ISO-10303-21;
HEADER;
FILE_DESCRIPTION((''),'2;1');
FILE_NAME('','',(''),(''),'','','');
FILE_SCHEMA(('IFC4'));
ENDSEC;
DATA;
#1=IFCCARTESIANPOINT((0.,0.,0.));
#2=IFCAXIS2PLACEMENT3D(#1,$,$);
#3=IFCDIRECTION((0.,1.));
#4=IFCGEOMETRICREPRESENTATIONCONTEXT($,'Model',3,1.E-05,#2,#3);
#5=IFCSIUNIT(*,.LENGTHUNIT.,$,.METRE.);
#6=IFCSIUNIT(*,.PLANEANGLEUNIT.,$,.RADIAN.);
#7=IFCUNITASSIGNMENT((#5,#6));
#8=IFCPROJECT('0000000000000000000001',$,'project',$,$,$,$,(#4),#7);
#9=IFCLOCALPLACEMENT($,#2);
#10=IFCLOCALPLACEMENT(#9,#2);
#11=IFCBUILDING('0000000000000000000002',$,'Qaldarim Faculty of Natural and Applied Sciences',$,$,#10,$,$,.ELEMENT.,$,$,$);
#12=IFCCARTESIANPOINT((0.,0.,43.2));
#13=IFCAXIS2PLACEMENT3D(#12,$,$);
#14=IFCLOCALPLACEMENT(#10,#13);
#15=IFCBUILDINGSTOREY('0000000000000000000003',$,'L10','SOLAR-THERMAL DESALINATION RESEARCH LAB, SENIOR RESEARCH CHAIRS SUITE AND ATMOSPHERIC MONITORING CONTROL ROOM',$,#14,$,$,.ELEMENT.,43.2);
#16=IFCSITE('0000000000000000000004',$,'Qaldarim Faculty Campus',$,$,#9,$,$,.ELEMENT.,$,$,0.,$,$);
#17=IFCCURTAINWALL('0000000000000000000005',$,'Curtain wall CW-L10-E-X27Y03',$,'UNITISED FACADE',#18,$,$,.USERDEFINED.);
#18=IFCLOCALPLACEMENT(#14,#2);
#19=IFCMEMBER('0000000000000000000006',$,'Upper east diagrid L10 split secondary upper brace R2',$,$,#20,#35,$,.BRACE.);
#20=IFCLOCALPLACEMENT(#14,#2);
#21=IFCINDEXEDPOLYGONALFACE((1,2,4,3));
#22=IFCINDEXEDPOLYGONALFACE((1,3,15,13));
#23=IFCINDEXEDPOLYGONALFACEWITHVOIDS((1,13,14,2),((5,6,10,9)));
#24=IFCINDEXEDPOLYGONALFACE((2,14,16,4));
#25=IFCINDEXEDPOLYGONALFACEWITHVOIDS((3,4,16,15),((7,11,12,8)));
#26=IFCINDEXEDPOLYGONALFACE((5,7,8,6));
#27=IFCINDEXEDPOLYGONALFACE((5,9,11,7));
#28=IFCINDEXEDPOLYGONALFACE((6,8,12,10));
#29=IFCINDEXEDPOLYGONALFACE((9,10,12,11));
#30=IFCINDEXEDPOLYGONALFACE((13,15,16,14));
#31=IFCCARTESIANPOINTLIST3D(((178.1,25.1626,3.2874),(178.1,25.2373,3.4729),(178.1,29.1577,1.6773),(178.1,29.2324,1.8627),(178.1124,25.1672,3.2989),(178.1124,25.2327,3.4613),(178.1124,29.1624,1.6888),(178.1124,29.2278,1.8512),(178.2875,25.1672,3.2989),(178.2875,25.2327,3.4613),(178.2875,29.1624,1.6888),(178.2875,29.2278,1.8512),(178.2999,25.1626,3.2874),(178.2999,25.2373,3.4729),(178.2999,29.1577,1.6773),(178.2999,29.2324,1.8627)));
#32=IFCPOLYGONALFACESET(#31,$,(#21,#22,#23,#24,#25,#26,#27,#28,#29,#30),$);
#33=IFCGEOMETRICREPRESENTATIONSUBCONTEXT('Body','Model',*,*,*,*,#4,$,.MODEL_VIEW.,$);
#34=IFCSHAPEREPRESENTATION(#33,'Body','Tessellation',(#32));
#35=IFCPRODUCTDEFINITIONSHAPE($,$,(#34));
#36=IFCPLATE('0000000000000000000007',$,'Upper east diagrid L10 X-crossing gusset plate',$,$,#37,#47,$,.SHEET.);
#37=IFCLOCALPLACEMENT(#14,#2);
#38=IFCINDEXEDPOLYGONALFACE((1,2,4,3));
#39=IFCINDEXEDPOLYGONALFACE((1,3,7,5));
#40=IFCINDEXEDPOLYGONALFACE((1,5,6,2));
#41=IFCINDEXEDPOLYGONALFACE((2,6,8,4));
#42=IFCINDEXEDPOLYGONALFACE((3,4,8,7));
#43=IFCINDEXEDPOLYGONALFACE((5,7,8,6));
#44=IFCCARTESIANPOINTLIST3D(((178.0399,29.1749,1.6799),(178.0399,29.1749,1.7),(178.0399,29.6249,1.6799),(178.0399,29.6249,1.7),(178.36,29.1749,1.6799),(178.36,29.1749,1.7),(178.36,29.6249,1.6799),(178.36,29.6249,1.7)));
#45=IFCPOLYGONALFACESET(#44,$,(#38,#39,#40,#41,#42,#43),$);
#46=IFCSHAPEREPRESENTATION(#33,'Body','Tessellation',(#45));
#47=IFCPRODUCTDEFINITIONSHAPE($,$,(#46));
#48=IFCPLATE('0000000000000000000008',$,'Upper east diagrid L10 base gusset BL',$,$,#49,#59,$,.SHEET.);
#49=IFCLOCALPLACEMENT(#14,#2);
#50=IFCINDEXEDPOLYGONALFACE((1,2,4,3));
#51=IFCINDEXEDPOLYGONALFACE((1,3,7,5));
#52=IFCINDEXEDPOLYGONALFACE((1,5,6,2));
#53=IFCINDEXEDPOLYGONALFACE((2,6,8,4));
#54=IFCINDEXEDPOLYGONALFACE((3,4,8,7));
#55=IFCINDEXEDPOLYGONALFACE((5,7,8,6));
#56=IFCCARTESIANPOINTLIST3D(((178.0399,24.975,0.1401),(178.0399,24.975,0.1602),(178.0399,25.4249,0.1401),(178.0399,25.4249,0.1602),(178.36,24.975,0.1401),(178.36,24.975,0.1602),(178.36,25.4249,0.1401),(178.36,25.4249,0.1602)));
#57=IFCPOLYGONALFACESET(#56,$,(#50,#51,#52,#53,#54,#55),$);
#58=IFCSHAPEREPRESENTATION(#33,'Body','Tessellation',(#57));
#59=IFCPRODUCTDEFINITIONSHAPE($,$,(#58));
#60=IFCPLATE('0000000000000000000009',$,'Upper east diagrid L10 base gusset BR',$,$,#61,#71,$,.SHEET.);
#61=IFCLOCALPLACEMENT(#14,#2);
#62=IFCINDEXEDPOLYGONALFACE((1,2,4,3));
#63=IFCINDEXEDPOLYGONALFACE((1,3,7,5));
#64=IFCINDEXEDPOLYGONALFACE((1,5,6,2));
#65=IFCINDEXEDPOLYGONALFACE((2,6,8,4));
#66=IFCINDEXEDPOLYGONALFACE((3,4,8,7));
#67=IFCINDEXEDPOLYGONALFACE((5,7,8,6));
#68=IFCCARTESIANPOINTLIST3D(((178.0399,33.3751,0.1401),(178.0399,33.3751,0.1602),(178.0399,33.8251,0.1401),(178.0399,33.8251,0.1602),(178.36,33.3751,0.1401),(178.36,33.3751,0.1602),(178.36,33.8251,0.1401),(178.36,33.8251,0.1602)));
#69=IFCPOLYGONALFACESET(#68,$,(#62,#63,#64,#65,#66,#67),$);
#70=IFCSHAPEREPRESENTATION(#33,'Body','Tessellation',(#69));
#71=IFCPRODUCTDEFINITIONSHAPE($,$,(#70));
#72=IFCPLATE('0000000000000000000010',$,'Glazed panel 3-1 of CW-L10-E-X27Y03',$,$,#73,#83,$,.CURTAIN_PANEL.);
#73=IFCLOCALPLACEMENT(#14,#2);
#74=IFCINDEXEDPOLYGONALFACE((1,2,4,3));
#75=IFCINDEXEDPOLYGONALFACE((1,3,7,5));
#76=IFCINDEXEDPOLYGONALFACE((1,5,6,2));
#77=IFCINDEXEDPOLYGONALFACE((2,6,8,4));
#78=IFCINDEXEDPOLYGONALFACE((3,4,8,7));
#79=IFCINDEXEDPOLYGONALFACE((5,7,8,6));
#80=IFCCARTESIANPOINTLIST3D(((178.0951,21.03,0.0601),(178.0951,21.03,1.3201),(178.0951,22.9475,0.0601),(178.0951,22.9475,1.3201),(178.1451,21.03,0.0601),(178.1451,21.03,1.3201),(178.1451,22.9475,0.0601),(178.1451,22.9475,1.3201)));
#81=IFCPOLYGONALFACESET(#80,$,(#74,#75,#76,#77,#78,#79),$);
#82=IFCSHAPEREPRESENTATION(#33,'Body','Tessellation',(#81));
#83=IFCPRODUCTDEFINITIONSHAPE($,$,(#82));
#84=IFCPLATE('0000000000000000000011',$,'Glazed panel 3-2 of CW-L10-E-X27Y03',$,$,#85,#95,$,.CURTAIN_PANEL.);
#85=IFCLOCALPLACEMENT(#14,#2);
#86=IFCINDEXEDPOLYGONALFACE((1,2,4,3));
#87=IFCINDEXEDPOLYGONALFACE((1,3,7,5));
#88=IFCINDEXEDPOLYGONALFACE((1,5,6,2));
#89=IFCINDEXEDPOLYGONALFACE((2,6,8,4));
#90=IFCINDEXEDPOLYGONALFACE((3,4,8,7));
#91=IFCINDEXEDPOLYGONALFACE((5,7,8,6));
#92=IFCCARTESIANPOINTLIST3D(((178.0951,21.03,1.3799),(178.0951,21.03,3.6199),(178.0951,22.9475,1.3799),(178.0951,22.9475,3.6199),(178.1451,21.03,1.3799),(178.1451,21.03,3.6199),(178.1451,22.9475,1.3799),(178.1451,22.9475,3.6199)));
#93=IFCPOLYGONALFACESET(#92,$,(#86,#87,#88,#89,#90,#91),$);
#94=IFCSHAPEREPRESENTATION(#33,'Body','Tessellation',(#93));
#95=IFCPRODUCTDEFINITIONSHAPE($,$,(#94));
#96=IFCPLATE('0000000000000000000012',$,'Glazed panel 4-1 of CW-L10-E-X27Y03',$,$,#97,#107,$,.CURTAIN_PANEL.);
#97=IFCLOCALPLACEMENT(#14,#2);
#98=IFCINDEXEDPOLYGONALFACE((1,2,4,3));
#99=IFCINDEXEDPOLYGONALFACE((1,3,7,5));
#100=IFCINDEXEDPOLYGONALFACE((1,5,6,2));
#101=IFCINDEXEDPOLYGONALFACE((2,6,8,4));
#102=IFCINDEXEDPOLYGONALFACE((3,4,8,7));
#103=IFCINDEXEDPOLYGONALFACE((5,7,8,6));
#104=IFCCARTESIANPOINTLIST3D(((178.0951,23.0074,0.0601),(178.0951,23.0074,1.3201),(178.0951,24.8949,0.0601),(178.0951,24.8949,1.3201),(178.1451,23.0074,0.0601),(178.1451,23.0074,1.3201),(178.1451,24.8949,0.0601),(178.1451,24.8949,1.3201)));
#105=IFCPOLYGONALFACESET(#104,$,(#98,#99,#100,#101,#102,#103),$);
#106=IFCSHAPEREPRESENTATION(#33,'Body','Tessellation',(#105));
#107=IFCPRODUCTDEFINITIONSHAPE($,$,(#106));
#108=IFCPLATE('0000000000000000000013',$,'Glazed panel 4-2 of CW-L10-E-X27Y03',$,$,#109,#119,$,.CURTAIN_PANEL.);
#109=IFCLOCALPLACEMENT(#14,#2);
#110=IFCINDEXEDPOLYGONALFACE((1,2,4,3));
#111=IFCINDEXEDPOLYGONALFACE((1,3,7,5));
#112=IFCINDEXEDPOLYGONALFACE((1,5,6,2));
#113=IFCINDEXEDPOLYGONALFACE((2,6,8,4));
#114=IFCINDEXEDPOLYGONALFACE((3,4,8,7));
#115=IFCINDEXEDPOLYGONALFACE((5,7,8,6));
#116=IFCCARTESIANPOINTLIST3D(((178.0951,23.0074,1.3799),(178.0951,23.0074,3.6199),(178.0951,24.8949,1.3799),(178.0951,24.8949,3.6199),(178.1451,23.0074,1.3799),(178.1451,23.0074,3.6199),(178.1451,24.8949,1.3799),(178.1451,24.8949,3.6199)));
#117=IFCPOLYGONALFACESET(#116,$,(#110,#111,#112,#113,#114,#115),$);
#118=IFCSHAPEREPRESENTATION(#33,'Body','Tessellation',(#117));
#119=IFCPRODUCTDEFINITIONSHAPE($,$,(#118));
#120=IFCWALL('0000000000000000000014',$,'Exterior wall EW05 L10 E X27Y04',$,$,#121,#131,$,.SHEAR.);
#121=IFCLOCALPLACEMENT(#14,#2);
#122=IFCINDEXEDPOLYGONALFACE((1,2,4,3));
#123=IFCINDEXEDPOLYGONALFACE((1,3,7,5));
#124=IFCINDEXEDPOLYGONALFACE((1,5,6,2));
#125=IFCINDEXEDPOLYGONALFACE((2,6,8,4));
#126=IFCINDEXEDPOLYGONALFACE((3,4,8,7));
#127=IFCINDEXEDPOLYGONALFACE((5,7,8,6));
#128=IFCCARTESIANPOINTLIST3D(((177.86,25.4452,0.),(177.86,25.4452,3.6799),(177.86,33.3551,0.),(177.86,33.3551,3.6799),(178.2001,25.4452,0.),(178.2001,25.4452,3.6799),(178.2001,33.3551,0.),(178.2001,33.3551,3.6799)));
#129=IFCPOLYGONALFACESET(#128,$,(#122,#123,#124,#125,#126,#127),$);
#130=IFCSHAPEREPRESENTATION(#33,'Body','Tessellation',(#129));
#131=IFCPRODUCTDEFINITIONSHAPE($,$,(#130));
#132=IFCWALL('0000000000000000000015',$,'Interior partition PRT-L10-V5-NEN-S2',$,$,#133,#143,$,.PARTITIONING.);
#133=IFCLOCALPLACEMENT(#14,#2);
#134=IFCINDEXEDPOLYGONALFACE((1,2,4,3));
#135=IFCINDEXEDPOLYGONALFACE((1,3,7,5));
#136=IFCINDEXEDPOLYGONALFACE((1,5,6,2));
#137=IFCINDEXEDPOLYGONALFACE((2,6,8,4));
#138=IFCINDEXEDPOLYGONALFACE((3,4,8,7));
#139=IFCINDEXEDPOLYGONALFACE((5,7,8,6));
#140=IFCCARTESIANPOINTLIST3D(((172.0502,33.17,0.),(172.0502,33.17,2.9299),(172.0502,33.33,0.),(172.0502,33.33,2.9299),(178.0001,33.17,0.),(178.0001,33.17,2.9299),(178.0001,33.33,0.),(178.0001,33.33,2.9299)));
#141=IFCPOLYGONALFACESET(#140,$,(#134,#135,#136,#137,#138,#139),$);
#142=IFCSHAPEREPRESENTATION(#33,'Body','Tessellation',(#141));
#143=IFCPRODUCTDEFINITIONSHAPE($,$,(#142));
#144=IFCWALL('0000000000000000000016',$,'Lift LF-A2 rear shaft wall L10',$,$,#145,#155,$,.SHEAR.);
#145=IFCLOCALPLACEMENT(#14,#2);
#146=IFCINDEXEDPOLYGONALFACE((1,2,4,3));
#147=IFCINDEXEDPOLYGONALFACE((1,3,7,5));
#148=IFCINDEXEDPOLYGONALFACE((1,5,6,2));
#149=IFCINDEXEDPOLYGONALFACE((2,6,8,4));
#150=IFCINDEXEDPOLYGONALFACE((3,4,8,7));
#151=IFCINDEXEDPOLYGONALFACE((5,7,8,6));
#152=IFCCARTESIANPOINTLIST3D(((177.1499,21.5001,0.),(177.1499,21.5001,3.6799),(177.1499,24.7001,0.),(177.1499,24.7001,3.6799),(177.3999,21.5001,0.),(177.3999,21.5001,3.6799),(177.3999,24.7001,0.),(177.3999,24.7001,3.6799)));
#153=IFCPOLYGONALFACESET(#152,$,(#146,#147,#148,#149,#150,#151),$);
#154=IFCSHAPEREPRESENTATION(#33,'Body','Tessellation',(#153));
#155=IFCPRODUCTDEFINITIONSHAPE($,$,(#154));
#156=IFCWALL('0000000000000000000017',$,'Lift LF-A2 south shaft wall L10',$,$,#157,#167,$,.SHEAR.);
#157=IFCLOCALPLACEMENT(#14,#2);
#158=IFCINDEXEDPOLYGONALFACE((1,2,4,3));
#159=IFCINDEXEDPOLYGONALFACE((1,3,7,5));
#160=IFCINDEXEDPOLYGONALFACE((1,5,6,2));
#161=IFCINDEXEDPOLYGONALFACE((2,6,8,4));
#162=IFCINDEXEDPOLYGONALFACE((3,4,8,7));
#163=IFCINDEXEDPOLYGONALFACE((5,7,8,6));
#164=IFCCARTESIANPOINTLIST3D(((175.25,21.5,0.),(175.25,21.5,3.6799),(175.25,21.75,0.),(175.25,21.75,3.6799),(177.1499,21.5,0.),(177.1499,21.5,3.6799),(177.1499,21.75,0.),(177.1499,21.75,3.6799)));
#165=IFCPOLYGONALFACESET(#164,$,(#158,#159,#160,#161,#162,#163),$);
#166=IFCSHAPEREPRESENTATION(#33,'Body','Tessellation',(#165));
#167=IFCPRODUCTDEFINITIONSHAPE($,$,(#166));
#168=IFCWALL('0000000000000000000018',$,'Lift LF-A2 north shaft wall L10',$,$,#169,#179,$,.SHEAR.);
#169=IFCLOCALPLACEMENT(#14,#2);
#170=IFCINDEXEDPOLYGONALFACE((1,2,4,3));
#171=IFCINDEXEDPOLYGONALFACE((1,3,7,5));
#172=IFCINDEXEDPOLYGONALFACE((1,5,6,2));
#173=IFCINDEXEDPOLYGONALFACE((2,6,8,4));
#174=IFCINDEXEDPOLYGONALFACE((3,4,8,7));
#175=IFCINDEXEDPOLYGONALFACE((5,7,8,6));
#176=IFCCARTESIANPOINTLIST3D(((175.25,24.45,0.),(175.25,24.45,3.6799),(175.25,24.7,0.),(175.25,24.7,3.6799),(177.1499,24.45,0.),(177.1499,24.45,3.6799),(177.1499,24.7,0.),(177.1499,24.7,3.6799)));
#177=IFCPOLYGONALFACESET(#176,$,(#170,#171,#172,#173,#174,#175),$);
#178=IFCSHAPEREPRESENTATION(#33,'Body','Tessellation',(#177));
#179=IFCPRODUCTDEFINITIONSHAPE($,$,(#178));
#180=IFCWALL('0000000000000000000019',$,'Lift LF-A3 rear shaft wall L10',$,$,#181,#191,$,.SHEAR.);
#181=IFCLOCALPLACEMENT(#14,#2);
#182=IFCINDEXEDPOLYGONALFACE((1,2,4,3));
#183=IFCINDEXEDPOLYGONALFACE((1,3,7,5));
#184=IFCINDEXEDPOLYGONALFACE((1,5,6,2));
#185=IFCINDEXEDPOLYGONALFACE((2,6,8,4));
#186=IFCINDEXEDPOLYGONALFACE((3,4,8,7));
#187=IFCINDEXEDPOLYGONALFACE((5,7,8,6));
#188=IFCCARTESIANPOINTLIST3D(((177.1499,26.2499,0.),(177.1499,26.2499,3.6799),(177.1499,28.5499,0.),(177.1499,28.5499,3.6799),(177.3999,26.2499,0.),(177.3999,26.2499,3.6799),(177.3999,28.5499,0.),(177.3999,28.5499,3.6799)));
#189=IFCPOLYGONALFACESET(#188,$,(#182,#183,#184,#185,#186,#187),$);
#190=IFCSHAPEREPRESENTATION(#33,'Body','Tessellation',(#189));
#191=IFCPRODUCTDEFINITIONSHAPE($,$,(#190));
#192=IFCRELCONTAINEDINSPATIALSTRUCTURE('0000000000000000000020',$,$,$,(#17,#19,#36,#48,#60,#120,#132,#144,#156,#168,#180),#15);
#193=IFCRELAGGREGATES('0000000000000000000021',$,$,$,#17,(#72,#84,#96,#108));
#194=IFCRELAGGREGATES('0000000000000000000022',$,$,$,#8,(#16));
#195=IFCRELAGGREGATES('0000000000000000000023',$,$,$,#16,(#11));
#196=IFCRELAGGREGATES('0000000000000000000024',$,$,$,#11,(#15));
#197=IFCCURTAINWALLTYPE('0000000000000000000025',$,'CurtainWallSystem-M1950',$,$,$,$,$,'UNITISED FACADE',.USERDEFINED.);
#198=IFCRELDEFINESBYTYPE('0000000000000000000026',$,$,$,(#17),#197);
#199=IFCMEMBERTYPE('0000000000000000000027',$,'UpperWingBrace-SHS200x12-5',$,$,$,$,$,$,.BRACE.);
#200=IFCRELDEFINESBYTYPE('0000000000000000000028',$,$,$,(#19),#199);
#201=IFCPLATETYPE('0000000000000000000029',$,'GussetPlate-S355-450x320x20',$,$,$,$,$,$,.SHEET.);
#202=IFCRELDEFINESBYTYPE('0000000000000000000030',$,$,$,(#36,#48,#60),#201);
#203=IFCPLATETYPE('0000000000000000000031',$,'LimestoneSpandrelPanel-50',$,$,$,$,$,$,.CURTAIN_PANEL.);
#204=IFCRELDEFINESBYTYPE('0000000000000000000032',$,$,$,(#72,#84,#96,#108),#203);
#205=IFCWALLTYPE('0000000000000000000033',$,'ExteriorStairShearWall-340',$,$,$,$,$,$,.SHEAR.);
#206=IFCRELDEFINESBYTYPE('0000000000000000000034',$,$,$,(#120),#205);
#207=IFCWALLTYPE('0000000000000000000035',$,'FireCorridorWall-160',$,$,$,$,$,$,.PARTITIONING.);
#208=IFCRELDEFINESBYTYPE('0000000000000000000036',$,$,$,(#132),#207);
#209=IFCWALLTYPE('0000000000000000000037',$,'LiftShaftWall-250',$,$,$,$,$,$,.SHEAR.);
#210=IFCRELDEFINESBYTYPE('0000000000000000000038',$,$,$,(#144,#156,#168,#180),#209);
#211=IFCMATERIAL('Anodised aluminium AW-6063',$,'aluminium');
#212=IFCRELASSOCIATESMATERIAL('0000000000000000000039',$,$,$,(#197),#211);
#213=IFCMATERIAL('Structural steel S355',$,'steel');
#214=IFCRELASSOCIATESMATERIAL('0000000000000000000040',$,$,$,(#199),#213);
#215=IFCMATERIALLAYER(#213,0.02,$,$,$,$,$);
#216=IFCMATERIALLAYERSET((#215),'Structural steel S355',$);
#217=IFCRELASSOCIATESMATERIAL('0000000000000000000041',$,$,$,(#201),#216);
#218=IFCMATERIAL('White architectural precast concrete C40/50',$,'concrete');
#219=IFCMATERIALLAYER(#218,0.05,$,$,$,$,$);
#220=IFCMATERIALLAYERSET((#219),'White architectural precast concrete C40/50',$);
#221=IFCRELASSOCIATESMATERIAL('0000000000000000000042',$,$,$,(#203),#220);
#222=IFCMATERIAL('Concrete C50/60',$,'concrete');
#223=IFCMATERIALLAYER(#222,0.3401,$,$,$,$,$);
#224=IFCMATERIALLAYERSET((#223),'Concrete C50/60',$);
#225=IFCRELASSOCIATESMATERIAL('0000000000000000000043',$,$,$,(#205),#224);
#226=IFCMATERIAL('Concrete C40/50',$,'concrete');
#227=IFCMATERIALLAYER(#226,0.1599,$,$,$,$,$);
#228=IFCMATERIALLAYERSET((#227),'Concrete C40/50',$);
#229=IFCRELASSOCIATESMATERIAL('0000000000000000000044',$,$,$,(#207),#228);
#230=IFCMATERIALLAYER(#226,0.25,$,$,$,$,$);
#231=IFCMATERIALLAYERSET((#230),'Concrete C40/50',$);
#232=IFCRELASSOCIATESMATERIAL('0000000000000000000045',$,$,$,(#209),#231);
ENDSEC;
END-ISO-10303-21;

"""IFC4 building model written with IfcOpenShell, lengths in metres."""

from ifc_helpers import new_model, si_unit, direction, frame, frame_2d, origin, origin_2d, place, context, subcontext, project, spatial, rectangle, hollow_rectangle, extrude, material, layer, layer_set, material_profile, profile_set, type_object, element, aggregate, save


model = new_model("IFC4")

# Units and contexts
model_context = context("Model", 3, precision=1e-05, world=origin(), true_north=direction((0.0, 1.0)))
body_context = subcontext(model_context, "Body", "Model", "MODEL_VIEW")
ifc_project = project(units=[si_unit("LENGTHUNIT", "METRE"), si_unit("PLANEANGLEUNIT", "RADIAN")], contexts=[model_context])

# Site, building, storey
site_placement = place(None, origin())
site = spatial("IfcSite", under=ifc_project, at=site_placement, Name="Qaldarim Faculty Campus", CompositionType="ELEMENT", RefElevation=0.0)
building_placement = place(site_placement, origin())
building = spatial("IfcBuilding", under=site, at=building_placement, Name="Qaldarim Faculty of Natural and Applied Sciences", CompositionType="ELEMENT")
storey_placement = place(building_placement, frame((0.0, 0.0, 43.2)))
storey = spatial("IfcBuildingStorey", under=building, at=storey_placement, Name="L10", Description="SOLAR-THERMAL DESALINATION RESEARCH LAB, SENIOR RESEARCH CHAIRS SUITE AND ATMOSPHERIC MONITORING CONTROL ROOM", CompositionType="ELEMENT", Elevation=43.2)

# Shared definitions
ifc_material_1 = material(Name="Concrete C50/60", Category="concrete")

# Shared definitions
ifc_material_2 = material(Name="Concrete C40/50", Category="concrete")

# Curtain wall
ifc_material_3 = material(Name="Anodised aluminium AW-6063", Category="aluminium")
curtain_wall_type = type_object("IfcCurtainWallType", Name="CurtainWallSystem-M1950", ElementType="UNITISED FACADE", PredefinedType="USERDEFINED", material=ifc_material_3)
curtain_wall_placement = place(storey_placement, origin())
curtain_wall = element("IfcCurtainWall", 1, at=curtain_wall_placement, inside=storey, type_object=curtain_wall_type, Name="Curtain wall CW-L10-E-X27Y03", ObjectType="UNITISED FACADE", PredefinedType="USERDEFINED")

# Member
ifc_material_4 = material(Name="Structural steel S355", Category="steel")
ifc_material_profile_1 = material_profile(ifc_material_4, hollow_rectangle(XDim=0.2, YDim=0.2, WallThickness=0.0125, at=origin_2d()), Name="SHS 200x200x12.5")
ifc_profile_set_1 = profile_set([ifc_material_profile_1], Name="Structural steel S355")
member_type_1 = type_object("IfcMemberType", Name="UpperWingBrace-SHS200x12-5", PredefinedType="BRACE", material=ifc_profile_set_1)
for number, where, z_axis, x_axis, name in (
    (2, (178.2, 29.1951, 1.77), (0.0, -0.927508, 0.373803), (1.0, 0.0, 0.0), "Upper east diagrid L10 split secondary upper brace R2"),
):
    element("IfcMember", number, at=place(storey_placement, frame(where, z_axis=z_axis, x_axis=x_axis)), inside=storey, type_object=member_type_1, Name=name, PredefinedType="BRACE", context=body_context, shape_type="SweptSolid", body=[
        extrude(hollow_rectangle(XDim=0.2, YDim=0.2, WallThickness=0.0125, at=origin_2d()), origin(), (0.0, 0.0, 1.0), 4.3074),
    ])

# Plates
ifc_layer_1 = layer(ifc_material_4, 0.02)
ifc_layer_set_1 = layer_set([ifc_layer_1], Name="Structural steel S355")
plate_type_1 = type_object("IfcPlateType", Name="GussetPlate-S355-450x320x20", PredefinedType="SHEET", material=ifc_layer_set_1)
for number, where, z_axis, x_axis, name in (
    (3, (178.2, 29.3999, 1.6799), (0.0, 0.0, 1.0), (0.0, 1.0, 0.0), "Upper east diagrid L10 X-crossing gusset plate"),
    (4, (178.2, 25.2, 0.1401), (0.0, 0.0, 1.0), (0.0, 1.0, 0.0), "Upper east diagrid L10 base gusset BL"),
    (5, (178.2, 33.6001, 0.1401), (0.0, 0.0, 1.0), (0.0, 1.0, 0.0), "Upper east diagrid L10 base gusset BR"),
):
    element("IfcPlate", number, at=place(storey_placement, frame(where, z_axis=z_axis, x_axis=x_axis)), inside=storey, type_object=plate_type_1, Name=name, PredefinedType="SHEET", context=body_context, shape_type="SweptSolid", body=[
        extrude(rectangle(XDim=0.45, YDim=0.3201, at=origin_2d()), origin(), (0.0, 0.0, 1.0), 0.02),
    ])

# Plates
ifc_material_5 = material(Name="White architectural precast concrete C40/50", Category="concrete")
ifc_layer_2 = layer(ifc_material_5, 0.05)
ifc_layer_set_2 = layer_set([ifc_layer_2], Name="White architectural precast concrete C40/50")
plate_type_2 = type_object("IfcPlateType", Name="LimestoneSpandrelPanel-50", PredefinedType="CURTAIN_PANEL", material=ifc_layer_set_2)
plate_1_placement = place(storey_placement, frame((178.1201, 21.9888, 0.0601), z_axis=(0.0, 0.0, 1.0), x_axis=(0.0, 1.0, 0.0)))
plate_1 = element("IfcPlate", 6, at=plate_1_placement, type_object=plate_type_2, Name="Glazed panel 3-1 of CW-L10-E-X27Y03", PredefinedType="CURTAIN_PANEL", context=body_context, shape_type="SweptSolid", body=[
    extrude(rectangle(XDim=1.9175, YDim=0.05, at=origin_2d()), origin(), (0.0, 0.0, 1.0), 1.26),
])
plate_2_placement = place(storey_placement, frame((178.1201, 21.9888, 1.3799), z_axis=(0.0, 0.0, 1.0), x_axis=(0.0, 1.0, 0.0)))
plate_2 = element("IfcPlate", 7, at=plate_2_placement, type_object=plate_type_2, Name="Glazed panel 3-2 of CW-L10-E-X27Y03", PredefinedType="CURTAIN_PANEL", context=body_context, shape_type="SweptSolid", body=[
    extrude(rectangle(XDim=1.9175, YDim=0.05, at=origin_2d()), origin(), (0.0, 0.0, 1.0), 2.24),
])
plate_3_placement = place(storey_placement, frame((178.1201, 23.9512, 0.0601), z_axis=(0.0, 0.0, 1.0), x_axis=(0.0, 1.0, 0.0)))
plate_3 = element("IfcPlate", 8, at=plate_3_placement, type_object=plate_type_2, Name="Glazed panel 4-1 of CW-L10-E-X27Y03", PredefinedType="CURTAIN_PANEL", context=body_context, shape_type="SweptSolid", body=[
    extrude(rectangle(XDim=1.8875, YDim=0.05, at=origin_2d()), origin(), (0.0, 0.0, 1.0), 1.26),
])
plate_4_placement = place(storey_placement, frame((178.1201, 23.9512, 1.3799), z_axis=(0.0, 0.0, 1.0), x_axis=(0.0, 1.0, 0.0)))
plate_4 = element("IfcPlate", 9, at=plate_4_placement, type_object=plate_type_2, Name="Glazed panel 4-2 of CW-L10-E-X27Y03", PredefinedType="CURTAIN_PANEL", context=body_context, shape_type="SweptSolid", body=[
    extrude(rectangle(XDim=1.8875, YDim=0.05, at=origin_2d()), origin(), (0.0, 0.0, 1.0), 2.24),
])
aggregate(curtain_wall, [plate_1, plate_2, plate_3, plate_4])

# Walls
ifc_layer_3 = layer(ifc_material_1, 0.3401)
ifc_layer_set_3 = layer_set([ifc_layer_3], Name="Concrete C50/60")
wall_type_1 = type_object("IfcWallType", Name="ExteriorStairShearWall-340", PredefinedType="SHEAR", material=ifc_layer_set_3)
wall_1_placement = place(storey_placement, frame((178.03, 25.4451, 0.0), z_axis=(0.0, 0.0, 1.0), x_axis=(0.0, 1.0, 0.0)))
element("IfcWall", 10, at=wall_1_placement, inside=storey, type_object=wall_type_1, Name="Exterior wall EW05 L10 E X27Y04", PredefinedType="SHEAR", context=body_context, shape_type="SweptSolid", body=[
    extrude(rectangle(XDim=7.9099, YDim=0.3401, at=frame_2d((3.9551, 0.0))), origin(), (0.0, 0.0, 1.0), 3.6799),
])
ifc_layer_4 = layer(ifc_material_2, 0.1599)
ifc_layer_set_4 = layer_set([ifc_layer_4], Name="Concrete C40/50")
wall_type_2 = type_object("IfcWallType", Name="FireCorridorWall-160", PredefinedType="PARTITIONING", material=ifc_layer_set_4)
wall_2_placement = place(storey_placement, frame((172.05, 33.25, 0.0), z_axis=(0.0, 0.0, 1.0), x_axis=(1.0, 0.0, 0.0)))
element("IfcWall", 11, at=wall_2_placement, inside=storey, type_object=wall_type_2, Name="Interior partition PRT-L10-V5-NEN-S2", PredefinedType="PARTITIONING", context=body_context, shape_type="SweptSolid", body=[
    extrude(rectangle(XDim=5.95, YDim=0.1599, at=frame_2d((2.9751, 0.0))), origin(), (0.0, 0.0, 1.0), 2.9299),
])

# Shared definitions
ifc_layer_5 = layer(ifc_material_2, 0.25)
ifc_layer_set_5 = layer_set([ifc_layer_5], Name="Concrete C40/50")
wall_type_3 = type_object("IfcWallType", Name="LiftShaftWall-250", PredefinedType="SHEAR", material=ifc_layer_set_5)

# Walls
wall_3_placement = place(storey_placement, frame((177.2749, 21.5, 0.0), z_axis=(0.0, 0.0, 1.0), x_axis=(0.0, 1.0, 0.0)))
element("IfcWall", 12, at=wall_3_placement, inside=storey, type_object=wall_type_3, Name="Lift LF-A2 rear shaft wall L10", PredefinedType="SHEAR", context=body_context, shape_type="SweptSolid", body=[
    extrude(rectangle(XDim=3.2, YDim=0.25, at=frame_2d((1.6001, 0.0))), origin(), (0.0, 0.0, 1.0), 3.6799),
])
for number, where, z_axis, x_axis, name in (
    (13, (175.25, 21.625, 0.0), (0.0, 0.0, 1.0), (1.0, 0.0, 0.0), "Lift LF-A2 south shaft wall L10"),
    (14, (175.25, 24.575, 0.0), (0.0, 0.0, 1.0), (1.0, 0.0, 0.0), "Lift LF-A2 north shaft wall L10"),
):
    element("IfcWall", number, at=place(storey_placement, frame(where, z_axis=z_axis, x_axis=x_axis)), inside=storey, type_object=wall_type_3, Name=name, PredefinedType="SHEAR", context=body_context, shape_type="SweptSolid", body=[
        extrude(rectangle(XDim=1.8999, YDim=0.25, at=frame_2d((0.95, 0.0))), origin(), (0.0, 0.0, 1.0), 3.6799),
    ])

# Wall
wall_4_placement = place(storey_placement, frame((177.2749, 26.25, 0.0), z_axis=(0.0, 0.0, 1.0), x_axis=(0.0, 1.0, 0.0)))
element("IfcWall", 15, at=wall_4_placement, inside=storey, type_object=wall_type_3, Name="Lift LF-A3 rear shaft wall L10", PredefinedType="SHEAR", context=body_context, shape_type="SweptSolid", body=[
    extrude(rectangle(XDim=2.3, YDim=0.25, at=frame_2d((1.1499, 0.0))), origin(), (0.0, 0.0, 1.0), 3.6799),
])

save(model, "model.ifc")
